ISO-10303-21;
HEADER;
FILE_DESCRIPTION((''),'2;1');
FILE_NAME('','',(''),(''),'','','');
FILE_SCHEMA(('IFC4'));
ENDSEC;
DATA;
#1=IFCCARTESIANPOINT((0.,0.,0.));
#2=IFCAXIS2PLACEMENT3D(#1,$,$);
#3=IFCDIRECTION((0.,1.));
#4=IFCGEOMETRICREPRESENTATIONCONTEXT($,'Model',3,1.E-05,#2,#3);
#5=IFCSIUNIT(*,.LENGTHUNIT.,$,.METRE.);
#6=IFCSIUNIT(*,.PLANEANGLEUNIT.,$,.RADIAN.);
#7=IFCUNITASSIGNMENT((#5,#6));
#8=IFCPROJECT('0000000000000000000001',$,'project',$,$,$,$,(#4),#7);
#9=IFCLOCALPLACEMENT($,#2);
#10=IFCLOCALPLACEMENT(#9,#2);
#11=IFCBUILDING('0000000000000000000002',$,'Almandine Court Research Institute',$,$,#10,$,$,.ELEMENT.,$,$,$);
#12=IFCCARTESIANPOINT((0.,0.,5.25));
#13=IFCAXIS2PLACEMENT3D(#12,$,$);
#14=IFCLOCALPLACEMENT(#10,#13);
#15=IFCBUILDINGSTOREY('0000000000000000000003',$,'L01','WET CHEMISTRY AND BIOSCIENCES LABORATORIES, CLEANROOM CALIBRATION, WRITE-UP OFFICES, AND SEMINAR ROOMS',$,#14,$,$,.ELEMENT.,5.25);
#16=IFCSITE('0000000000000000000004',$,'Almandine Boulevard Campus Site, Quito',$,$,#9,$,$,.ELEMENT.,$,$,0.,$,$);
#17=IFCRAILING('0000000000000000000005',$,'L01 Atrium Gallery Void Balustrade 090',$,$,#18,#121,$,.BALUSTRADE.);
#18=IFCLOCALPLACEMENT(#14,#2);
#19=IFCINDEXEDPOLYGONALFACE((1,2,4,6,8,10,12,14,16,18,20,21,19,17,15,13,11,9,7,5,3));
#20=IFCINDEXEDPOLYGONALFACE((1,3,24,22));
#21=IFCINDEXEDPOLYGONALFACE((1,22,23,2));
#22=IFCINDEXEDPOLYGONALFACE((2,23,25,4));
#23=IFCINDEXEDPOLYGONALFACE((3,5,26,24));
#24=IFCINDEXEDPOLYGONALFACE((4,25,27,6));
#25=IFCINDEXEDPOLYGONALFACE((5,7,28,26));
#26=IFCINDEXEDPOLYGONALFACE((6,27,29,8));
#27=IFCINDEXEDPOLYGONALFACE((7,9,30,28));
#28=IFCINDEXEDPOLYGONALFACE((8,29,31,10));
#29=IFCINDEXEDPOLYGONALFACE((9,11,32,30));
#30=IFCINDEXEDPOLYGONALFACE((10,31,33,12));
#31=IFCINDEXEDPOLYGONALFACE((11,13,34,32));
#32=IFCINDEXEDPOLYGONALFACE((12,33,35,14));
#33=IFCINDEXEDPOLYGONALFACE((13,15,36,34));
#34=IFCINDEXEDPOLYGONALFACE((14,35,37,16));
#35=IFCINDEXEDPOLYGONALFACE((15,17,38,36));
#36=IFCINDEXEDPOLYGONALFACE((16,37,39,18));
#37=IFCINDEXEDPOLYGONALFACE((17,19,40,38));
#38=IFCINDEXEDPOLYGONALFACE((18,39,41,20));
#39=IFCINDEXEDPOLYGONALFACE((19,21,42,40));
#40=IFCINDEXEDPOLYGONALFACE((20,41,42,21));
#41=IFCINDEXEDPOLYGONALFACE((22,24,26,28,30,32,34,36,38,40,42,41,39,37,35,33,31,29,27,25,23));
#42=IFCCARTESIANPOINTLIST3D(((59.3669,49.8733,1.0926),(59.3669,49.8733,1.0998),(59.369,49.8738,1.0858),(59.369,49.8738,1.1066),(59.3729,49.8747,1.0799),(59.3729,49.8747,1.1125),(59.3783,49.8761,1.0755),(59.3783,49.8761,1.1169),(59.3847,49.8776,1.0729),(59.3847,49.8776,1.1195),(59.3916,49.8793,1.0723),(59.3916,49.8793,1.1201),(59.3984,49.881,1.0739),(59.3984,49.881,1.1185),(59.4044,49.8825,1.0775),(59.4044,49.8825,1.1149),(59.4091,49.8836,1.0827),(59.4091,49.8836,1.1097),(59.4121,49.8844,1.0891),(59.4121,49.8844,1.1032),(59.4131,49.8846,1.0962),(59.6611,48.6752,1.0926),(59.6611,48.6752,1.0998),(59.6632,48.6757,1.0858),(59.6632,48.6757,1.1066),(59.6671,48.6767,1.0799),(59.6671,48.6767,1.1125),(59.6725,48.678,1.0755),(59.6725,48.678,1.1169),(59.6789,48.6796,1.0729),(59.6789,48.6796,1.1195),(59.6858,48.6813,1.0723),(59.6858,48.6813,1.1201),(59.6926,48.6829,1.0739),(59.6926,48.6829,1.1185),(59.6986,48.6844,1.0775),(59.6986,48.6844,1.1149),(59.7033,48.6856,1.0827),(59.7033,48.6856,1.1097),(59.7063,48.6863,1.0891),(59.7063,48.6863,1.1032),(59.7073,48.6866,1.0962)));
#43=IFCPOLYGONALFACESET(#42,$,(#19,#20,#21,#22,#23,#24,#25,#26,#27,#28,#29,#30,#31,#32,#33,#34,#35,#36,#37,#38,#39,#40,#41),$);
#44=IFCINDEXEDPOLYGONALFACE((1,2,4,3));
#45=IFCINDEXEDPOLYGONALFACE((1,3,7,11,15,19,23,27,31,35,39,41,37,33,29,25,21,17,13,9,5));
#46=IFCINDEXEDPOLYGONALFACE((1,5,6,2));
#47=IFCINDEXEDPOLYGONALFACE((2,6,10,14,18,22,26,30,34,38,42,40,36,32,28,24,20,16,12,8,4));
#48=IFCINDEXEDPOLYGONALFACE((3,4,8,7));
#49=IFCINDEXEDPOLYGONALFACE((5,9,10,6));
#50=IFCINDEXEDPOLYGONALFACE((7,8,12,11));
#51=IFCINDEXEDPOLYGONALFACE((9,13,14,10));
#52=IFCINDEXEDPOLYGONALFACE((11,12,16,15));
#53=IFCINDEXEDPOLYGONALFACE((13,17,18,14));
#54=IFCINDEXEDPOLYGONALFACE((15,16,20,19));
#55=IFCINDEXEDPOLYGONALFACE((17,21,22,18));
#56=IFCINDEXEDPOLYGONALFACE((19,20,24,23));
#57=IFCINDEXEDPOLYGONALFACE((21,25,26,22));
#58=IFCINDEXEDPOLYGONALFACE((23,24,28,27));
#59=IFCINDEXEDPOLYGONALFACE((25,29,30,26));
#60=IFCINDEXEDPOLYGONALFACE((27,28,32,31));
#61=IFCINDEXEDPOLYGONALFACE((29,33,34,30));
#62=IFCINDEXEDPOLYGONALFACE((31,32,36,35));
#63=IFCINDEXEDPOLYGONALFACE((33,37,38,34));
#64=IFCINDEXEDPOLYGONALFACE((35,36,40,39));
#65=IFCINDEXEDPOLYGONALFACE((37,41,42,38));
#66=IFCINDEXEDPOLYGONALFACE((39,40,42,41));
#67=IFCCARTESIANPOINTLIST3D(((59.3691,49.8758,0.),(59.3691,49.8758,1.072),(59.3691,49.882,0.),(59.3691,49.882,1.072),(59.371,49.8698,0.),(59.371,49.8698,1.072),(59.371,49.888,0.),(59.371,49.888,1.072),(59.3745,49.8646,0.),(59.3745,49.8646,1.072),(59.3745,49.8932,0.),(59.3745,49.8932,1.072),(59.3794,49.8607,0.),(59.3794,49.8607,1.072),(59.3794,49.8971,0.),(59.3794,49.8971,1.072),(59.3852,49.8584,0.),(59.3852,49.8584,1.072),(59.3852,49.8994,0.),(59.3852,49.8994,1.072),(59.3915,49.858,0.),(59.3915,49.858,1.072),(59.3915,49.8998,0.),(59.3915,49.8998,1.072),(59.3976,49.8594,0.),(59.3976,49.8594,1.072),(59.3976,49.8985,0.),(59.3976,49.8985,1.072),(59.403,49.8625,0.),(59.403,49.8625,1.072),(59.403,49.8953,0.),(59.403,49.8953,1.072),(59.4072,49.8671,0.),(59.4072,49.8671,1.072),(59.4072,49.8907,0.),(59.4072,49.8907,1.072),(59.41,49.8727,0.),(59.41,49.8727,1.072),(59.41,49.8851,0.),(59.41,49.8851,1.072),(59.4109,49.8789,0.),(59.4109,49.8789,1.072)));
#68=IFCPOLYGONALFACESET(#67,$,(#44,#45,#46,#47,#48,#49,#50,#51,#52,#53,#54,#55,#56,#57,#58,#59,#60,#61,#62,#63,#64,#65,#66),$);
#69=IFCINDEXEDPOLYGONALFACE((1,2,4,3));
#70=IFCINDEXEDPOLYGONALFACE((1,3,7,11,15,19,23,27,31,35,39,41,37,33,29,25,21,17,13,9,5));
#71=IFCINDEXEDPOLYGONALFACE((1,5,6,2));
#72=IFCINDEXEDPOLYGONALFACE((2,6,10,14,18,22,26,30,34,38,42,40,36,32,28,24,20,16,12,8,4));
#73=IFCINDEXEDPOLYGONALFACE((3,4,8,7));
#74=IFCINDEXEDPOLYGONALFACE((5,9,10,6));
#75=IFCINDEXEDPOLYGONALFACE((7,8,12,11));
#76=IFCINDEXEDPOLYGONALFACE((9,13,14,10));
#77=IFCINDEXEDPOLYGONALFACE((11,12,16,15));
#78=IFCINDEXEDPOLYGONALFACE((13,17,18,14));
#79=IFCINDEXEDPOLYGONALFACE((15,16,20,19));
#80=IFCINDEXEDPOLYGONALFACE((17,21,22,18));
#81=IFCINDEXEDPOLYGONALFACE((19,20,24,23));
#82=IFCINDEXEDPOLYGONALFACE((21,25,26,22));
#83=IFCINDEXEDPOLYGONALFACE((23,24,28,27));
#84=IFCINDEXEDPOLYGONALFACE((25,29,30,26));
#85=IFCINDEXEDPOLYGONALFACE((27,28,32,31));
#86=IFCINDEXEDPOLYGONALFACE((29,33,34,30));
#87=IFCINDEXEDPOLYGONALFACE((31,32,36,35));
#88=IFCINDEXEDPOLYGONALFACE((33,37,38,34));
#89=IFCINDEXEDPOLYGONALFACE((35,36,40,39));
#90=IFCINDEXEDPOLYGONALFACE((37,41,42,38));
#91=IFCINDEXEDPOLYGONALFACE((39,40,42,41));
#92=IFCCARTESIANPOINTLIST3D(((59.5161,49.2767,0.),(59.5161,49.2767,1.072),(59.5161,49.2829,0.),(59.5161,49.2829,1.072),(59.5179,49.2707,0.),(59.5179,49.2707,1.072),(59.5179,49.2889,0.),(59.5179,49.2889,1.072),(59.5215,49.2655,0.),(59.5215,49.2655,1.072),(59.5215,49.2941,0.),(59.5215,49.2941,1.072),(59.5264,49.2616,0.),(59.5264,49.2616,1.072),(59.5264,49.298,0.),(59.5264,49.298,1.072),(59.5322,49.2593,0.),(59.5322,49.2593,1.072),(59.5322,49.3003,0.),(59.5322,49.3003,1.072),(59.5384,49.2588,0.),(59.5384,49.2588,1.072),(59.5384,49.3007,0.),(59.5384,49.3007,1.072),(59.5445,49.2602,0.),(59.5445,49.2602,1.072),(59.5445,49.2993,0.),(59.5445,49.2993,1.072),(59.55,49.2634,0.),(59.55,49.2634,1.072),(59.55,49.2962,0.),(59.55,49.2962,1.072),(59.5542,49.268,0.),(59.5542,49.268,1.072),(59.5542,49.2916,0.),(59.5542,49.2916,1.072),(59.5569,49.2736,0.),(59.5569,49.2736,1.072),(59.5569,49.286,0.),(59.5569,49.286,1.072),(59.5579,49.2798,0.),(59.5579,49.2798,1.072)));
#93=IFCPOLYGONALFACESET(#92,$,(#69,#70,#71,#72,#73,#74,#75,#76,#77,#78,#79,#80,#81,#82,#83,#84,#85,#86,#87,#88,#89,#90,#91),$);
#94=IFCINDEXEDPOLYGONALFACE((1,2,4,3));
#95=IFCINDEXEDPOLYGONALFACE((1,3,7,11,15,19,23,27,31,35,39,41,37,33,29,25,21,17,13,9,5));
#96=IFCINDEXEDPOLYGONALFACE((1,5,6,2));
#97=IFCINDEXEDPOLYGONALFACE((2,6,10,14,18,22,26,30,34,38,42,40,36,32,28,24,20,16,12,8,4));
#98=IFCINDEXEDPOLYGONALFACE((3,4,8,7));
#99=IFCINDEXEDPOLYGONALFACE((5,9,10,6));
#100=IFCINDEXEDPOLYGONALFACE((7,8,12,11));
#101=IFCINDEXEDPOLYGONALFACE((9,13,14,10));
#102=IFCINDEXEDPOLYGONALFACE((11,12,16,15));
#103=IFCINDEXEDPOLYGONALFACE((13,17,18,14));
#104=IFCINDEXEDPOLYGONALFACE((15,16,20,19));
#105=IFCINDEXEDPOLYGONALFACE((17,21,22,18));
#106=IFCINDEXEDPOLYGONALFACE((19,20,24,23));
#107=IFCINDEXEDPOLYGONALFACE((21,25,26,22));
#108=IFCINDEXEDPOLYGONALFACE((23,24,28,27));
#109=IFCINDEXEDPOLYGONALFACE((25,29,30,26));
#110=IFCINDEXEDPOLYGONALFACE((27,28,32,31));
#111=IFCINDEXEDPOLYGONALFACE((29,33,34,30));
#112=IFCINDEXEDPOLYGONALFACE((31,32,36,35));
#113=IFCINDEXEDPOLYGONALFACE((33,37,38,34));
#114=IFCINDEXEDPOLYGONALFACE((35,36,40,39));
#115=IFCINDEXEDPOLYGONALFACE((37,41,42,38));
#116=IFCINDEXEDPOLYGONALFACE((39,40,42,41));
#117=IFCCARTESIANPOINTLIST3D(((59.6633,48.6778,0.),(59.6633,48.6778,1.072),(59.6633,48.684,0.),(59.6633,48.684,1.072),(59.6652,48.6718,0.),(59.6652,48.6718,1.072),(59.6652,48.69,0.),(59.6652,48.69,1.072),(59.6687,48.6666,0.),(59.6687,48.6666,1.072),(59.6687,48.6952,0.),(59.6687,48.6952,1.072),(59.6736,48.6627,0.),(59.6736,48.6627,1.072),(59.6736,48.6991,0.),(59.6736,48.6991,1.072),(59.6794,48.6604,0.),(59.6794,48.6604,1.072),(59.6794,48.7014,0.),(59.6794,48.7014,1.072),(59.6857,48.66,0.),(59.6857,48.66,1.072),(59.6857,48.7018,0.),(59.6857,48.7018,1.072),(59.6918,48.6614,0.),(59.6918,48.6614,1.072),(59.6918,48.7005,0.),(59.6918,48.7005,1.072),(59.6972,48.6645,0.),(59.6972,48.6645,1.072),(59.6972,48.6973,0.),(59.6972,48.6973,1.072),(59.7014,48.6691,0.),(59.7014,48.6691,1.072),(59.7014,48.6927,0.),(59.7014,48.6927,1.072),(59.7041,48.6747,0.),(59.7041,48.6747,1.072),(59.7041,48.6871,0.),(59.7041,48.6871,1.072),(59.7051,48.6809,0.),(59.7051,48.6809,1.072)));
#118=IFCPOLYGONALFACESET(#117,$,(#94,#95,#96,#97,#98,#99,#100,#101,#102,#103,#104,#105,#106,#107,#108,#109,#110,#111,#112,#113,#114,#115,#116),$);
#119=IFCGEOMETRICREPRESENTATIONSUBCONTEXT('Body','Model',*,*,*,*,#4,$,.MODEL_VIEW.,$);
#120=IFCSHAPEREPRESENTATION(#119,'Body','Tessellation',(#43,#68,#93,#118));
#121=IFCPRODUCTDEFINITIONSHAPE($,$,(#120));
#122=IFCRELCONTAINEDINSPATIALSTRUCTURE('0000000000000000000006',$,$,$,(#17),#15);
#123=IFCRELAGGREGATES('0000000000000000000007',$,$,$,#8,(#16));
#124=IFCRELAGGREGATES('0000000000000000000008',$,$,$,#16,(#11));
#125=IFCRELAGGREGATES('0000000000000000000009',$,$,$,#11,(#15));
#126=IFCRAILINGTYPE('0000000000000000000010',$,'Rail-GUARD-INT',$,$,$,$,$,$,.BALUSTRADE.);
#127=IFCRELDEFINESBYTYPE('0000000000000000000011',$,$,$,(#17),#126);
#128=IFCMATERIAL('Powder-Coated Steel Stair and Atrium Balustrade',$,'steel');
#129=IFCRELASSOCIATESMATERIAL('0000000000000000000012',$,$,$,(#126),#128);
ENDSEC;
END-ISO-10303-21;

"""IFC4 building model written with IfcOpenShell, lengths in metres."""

from ifc_helpers import new_model, si_unit, direction, frame, origin, origin_2d, place, context, subcontext, project, spatial, circle, extrude, material, type_object, element, save


model = new_model("IFC4")

# Units and contexts
model_context = context("Model", 3, precision=1e-05, world=origin(), true_north=direction((0.0, 1.0)))
body_context = subcontext(model_context, "Body", "Model", "MODEL_VIEW")
ifc_project = project(units=[si_unit("LENGTHUNIT", "METRE"), si_unit("PLANEANGLEUNIT", "RADIAN")], contexts=[model_context])

# Site, building, storey
site_placement = place(None, origin())
site = spatial("IfcSite", under=ifc_project, at=site_placement, Name="Almandine Boulevard Campus Site, Quito", CompositionType="ELEMENT", RefElevation=0.0)
building_placement = place(site_placement, origin())
building = spatial("IfcBuilding", under=site, at=building_placement, Name="Almandine Court Research Institute", CompositionType="ELEMENT")
storey_placement = place(building_placement, frame((0.0, 0.0, 5.25)))
storey = spatial("IfcBuildingStorey", under=building, at=storey_placement, Name="L01", Description="WET CHEMISTRY AND BIOSCIENCES LABORATORIES, CLEANROOM CALIBRATION, WRITE-UP OFFICES, AND SEMINAR ROOMS", CompositionType="ELEMENT", Elevation=5.25)

# Railing
ifc_material_1 = material(Name="Powder-Coated Steel Stair and Atrium Balustrade", Category="steel")
railing_type = type_object("IfcRailingType", Name="Rail-GUARD-INT", PredefinedType="BALUSTRADE", material=ifc_material_1)
railing_1_placement = place(storey_placement, frame((59.3899, 49.8789, 0.0)))
element("IfcRailing", 1, at=railing_1_placement, inside=storey, type_object=railing_type, Name="L01 Atrium Gallery Void Balustrade 090", PredefinedType="BALUSTRADE", context=body_context, shape_type="SweptSolid", body=[
    extrude(circle(Radius=0.0239, at=origin_2d()), frame((0.0, 0.0, 1.0962), z_axis=(0.238482, -0.971147, 0.0), x_axis=(0.971147, 0.238482, 0.0)), (0.0, 0.0, 1.0), 1.2336),
    extrude(circle(Radius=0.021, at=origin_2d()), origin(), (0.0, 0.0, 1.0), 1.072),
    extrude(circle(Radius=0.021, at=origin_2d()), frame((0.147, -0.5991, 0.0)), (0.0, 0.0, 1.0), 1.072),
    extrude(circle(Radius=0.021, at=origin_2d()), frame((0.2942, -1.198, 0.0)), (0.0, 0.0, 1.0), 1.072),
])

save(model, "model.ifc")
